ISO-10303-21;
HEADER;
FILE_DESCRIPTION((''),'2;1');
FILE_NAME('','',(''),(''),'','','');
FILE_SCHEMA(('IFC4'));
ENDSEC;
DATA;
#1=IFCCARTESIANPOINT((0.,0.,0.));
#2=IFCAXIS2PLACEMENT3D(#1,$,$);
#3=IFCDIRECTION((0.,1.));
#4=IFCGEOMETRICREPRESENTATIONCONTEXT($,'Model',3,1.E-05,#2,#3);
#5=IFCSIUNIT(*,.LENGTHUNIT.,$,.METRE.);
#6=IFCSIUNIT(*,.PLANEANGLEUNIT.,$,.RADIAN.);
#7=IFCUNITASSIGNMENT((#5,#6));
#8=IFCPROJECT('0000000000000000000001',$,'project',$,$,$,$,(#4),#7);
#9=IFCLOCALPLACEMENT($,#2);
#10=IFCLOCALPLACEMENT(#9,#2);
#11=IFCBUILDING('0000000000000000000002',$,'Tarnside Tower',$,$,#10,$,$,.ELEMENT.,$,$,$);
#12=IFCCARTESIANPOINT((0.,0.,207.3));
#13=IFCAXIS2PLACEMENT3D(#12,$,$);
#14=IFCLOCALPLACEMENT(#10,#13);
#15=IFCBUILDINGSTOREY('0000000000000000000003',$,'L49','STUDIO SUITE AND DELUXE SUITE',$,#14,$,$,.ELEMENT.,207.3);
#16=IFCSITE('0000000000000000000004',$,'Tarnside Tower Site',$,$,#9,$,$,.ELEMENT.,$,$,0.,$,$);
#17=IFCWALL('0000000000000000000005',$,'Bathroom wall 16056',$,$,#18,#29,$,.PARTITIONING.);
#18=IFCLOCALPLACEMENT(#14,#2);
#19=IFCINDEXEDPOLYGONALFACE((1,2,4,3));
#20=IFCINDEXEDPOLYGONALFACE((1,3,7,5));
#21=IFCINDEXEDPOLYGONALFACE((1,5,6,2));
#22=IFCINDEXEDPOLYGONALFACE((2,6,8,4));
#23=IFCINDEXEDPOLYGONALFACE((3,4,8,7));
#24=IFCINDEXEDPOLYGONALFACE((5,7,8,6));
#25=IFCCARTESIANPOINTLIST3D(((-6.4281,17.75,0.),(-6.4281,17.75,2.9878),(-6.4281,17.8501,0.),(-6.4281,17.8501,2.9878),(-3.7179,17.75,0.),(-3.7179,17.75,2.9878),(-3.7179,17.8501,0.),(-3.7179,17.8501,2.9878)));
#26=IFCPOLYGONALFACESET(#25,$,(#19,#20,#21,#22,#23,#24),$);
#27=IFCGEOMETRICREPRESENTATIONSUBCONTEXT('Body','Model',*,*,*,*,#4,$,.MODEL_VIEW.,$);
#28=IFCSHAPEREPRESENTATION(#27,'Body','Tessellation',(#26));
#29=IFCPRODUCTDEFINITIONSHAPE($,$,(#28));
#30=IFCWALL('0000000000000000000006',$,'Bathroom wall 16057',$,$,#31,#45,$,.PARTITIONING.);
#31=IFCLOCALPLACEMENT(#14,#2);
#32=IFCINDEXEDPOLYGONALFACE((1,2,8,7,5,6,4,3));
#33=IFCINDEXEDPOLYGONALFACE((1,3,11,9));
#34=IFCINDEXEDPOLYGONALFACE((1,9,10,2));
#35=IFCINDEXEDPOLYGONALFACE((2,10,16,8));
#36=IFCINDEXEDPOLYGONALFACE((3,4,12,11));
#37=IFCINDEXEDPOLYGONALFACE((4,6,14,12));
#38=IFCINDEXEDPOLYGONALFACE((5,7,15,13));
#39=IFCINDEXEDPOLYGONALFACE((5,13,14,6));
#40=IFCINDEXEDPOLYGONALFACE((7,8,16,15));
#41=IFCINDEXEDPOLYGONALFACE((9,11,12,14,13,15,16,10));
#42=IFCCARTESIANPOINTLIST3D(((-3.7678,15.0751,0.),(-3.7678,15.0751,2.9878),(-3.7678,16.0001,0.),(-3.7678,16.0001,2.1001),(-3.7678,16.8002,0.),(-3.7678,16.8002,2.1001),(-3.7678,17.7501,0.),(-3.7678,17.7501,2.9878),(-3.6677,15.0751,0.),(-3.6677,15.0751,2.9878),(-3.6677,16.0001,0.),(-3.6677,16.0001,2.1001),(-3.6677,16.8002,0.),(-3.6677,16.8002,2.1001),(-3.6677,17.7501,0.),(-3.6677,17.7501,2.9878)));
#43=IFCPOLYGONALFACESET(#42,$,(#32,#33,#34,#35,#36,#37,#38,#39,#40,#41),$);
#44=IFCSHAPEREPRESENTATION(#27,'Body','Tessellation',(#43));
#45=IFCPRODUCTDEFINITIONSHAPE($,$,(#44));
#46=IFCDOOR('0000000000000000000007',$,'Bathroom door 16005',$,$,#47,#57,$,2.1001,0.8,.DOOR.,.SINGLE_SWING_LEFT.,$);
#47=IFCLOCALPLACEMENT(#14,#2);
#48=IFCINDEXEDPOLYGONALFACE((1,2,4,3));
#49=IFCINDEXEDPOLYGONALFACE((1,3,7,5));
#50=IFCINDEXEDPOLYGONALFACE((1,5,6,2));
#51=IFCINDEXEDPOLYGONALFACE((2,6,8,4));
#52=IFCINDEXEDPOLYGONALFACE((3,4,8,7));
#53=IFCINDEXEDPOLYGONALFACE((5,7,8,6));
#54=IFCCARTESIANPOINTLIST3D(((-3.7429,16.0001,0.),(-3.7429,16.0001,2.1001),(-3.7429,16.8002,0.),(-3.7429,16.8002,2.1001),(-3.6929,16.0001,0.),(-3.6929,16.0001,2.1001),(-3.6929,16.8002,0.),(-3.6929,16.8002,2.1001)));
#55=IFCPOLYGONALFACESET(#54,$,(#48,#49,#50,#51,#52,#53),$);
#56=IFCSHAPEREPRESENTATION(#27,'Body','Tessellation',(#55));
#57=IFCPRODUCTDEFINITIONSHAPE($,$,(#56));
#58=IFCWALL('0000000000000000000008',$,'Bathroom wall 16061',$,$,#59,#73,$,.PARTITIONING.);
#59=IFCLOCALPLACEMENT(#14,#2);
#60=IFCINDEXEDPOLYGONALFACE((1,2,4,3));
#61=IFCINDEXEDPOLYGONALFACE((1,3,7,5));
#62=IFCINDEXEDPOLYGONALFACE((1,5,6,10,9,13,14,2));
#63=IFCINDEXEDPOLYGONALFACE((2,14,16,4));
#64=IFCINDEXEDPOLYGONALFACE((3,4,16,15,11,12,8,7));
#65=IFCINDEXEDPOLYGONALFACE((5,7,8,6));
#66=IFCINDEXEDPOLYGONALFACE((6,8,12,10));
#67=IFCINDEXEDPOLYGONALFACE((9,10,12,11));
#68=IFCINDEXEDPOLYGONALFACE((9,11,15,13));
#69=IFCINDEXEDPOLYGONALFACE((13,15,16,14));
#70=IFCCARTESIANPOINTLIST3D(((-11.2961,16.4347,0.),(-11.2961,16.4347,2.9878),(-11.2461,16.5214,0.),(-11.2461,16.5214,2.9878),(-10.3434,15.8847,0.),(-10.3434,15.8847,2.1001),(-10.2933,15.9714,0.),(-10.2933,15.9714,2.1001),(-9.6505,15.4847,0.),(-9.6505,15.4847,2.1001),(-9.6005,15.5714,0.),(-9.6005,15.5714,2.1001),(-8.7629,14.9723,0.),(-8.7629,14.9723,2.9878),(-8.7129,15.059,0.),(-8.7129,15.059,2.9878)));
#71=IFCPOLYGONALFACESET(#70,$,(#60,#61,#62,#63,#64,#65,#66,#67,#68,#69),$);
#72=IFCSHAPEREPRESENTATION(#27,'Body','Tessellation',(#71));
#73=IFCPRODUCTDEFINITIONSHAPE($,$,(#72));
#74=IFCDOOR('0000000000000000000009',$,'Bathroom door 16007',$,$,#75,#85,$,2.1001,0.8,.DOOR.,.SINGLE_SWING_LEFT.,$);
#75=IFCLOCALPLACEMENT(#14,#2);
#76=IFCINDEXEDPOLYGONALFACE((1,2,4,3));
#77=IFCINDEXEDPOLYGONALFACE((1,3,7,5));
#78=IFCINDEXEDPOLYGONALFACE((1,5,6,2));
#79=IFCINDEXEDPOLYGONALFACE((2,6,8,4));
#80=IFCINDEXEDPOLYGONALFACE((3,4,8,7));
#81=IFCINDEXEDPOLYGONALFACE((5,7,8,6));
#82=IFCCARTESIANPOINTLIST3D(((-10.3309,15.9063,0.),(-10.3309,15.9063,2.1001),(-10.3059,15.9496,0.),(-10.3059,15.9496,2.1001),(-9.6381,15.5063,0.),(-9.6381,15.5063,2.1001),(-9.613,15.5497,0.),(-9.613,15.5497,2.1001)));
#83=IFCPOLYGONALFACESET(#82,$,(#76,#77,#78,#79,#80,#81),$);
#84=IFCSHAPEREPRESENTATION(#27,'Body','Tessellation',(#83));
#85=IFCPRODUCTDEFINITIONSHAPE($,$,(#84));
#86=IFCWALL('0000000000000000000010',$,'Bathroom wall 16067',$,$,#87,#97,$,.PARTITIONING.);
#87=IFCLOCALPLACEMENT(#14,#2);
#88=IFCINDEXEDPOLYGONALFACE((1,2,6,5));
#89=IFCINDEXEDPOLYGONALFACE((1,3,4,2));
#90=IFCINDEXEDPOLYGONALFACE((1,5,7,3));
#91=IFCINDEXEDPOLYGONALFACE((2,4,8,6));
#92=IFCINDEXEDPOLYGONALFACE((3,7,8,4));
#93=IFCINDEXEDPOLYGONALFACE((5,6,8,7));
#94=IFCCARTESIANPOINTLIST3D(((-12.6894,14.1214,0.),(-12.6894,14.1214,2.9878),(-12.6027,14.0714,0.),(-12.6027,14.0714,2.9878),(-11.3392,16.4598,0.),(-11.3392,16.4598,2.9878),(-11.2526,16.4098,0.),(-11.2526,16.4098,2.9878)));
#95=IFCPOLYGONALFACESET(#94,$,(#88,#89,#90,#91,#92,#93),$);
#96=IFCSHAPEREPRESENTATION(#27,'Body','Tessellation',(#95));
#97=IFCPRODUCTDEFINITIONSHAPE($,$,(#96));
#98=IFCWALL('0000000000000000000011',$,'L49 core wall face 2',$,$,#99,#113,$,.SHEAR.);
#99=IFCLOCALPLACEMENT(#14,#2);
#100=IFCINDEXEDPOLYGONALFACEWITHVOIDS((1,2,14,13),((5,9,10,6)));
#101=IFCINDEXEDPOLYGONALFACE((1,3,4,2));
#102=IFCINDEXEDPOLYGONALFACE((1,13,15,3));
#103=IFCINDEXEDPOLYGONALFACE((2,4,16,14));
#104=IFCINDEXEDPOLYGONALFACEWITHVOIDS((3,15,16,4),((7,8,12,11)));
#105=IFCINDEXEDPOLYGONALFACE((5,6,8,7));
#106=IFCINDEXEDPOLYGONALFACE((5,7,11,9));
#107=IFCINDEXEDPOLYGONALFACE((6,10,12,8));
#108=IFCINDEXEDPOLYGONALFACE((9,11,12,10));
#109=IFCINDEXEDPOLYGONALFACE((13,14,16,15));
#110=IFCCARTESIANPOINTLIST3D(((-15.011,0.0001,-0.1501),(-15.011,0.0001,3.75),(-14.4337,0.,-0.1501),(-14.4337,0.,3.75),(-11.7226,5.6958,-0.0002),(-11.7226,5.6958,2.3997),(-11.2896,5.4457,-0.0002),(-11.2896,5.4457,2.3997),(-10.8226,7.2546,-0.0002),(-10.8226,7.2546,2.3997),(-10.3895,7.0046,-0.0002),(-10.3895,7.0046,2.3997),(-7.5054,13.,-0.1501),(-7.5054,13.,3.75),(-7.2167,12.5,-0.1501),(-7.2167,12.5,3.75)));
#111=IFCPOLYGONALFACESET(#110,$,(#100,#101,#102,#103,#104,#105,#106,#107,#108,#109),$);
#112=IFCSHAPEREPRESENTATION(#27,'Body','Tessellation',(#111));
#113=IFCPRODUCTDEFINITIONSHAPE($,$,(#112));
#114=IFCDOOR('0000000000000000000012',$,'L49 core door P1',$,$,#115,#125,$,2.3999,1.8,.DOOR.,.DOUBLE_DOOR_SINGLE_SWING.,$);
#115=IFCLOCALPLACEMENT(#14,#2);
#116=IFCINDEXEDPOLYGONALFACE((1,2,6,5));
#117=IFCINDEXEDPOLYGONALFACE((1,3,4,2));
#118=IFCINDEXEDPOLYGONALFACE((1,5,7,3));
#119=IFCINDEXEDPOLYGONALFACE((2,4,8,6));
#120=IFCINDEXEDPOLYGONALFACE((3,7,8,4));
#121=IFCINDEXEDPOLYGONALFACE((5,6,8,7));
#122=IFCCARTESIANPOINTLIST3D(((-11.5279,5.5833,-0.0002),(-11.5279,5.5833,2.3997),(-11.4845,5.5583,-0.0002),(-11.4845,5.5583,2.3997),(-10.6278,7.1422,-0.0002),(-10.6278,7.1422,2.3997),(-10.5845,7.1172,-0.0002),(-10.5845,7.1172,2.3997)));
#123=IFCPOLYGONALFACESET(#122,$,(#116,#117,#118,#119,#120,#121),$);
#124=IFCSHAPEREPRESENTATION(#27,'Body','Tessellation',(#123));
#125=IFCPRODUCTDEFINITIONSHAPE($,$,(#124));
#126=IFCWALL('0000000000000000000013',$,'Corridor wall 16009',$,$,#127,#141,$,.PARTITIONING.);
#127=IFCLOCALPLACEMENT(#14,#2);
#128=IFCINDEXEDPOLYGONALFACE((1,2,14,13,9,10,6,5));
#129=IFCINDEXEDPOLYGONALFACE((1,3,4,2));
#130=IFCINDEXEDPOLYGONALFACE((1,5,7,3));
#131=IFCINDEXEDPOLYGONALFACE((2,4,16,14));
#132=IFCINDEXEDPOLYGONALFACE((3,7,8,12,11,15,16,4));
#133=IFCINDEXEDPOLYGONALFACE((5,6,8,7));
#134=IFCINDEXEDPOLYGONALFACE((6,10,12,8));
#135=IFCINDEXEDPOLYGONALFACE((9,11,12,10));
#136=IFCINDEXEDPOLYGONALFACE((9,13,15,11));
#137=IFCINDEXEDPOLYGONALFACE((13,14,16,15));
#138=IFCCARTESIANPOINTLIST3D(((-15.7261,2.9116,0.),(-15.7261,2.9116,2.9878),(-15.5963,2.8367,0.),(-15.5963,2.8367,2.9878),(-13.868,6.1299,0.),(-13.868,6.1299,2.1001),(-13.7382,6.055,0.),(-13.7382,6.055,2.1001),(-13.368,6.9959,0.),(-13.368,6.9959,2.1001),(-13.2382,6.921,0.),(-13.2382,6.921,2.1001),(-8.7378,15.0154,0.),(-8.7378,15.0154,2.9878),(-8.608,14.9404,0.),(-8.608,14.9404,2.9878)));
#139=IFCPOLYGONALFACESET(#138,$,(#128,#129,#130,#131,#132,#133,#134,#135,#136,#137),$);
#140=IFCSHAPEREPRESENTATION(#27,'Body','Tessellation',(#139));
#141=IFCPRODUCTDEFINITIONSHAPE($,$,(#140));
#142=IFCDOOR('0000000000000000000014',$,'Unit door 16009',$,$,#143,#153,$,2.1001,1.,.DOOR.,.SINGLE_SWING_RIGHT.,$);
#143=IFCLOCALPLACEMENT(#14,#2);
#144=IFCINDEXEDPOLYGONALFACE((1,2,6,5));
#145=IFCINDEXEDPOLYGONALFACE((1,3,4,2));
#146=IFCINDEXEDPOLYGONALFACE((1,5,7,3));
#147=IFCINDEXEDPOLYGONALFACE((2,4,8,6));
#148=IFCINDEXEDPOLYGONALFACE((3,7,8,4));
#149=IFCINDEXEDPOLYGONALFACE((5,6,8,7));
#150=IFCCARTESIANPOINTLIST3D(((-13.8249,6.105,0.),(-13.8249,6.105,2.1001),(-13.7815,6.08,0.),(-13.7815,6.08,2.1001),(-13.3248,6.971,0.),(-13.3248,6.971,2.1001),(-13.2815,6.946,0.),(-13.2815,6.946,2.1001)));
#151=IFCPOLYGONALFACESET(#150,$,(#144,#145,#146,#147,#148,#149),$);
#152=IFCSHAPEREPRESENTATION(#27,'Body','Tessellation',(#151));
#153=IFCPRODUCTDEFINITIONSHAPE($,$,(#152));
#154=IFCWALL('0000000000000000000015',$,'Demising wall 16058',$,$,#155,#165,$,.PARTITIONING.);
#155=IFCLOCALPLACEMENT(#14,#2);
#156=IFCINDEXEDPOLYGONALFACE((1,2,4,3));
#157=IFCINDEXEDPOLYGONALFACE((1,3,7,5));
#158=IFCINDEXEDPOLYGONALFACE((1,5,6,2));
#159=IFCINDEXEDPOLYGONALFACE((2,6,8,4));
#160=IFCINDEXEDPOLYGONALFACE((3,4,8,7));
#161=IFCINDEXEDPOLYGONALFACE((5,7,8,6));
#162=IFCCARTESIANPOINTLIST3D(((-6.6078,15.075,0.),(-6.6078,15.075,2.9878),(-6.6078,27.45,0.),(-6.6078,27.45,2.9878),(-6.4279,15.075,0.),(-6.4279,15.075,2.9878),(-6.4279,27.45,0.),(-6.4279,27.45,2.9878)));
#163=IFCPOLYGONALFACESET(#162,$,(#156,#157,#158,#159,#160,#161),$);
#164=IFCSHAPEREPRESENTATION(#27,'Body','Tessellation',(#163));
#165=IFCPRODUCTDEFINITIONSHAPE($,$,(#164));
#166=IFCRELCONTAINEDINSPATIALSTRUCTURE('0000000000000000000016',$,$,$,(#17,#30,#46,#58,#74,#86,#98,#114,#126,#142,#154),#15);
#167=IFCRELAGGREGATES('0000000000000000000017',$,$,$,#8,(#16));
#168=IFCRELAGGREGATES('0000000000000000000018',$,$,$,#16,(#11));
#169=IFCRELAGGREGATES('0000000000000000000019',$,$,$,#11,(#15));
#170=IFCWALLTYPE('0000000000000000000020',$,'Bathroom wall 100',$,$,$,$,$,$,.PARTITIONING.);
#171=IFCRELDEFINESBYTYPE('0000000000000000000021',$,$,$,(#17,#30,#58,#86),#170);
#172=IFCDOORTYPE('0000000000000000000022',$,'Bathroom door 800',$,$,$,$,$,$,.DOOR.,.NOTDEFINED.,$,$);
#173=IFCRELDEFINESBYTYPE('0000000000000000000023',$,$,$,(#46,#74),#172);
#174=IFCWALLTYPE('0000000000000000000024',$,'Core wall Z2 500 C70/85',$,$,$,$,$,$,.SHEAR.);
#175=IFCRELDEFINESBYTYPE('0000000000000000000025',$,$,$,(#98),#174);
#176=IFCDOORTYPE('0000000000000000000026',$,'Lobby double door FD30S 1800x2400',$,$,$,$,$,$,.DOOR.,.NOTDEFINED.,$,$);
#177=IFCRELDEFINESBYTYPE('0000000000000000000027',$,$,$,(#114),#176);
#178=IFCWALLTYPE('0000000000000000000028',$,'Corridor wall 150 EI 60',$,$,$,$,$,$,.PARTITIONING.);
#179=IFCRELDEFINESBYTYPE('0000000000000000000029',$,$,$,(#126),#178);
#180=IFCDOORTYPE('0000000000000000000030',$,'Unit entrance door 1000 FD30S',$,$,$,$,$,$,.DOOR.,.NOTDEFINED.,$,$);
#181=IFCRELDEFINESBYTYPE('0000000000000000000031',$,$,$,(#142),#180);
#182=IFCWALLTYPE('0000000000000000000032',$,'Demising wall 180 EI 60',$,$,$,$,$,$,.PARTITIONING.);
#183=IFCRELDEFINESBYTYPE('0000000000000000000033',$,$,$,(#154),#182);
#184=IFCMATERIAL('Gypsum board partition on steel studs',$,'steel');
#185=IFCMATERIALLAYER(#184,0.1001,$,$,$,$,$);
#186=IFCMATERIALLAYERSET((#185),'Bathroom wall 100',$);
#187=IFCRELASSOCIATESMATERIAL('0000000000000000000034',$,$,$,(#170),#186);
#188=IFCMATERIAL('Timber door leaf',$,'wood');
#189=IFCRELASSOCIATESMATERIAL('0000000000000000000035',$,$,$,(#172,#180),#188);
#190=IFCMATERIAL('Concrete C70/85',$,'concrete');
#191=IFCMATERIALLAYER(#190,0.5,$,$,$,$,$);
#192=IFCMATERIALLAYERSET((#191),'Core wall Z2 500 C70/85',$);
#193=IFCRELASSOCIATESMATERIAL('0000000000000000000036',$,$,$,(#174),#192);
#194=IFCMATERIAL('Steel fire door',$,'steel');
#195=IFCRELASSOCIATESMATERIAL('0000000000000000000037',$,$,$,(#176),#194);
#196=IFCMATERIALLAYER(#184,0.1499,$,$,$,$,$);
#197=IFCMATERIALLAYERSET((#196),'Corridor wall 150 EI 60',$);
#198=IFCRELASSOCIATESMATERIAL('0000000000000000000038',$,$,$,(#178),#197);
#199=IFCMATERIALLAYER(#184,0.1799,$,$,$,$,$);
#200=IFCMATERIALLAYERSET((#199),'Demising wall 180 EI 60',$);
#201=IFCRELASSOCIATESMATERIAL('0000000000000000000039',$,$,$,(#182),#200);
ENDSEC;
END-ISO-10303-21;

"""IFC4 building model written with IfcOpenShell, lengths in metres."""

from ifc_helpers import new_model, si_unit, direction, frame, frame_2d, origin, place, context, subcontext, project, spatial, polyline, rectangle, outline, extrude, material, layer, layer_set, type_object, element, fill, save


model = new_model("IFC4")

# Units and contexts
model_context = context("Model", 3, precision=1e-05, world=origin(), true_north=direction((0.0, 1.0)))
body_context = subcontext(model_context, "Body", "Model", "MODEL_VIEW")
ifc_project = project(units=[si_unit("LENGTHUNIT", "METRE"), si_unit("PLANEANGLEUNIT", "RADIAN")], contexts=[model_context])

# Site, building, storey
site_placement = place(None, origin())
site = spatial("IfcSite", under=ifc_project, at=site_placement, Name="Tarnside Tower Site", CompositionType="ELEMENT", RefElevation=0.0)
building_placement = place(site_placement, origin())
building = spatial("IfcBuilding", under=site, at=building_placement, Name="Tarnside Tower", CompositionType="ELEMENT")
storey_placement = place(building_placement, frame((0.0, 0.0, 207.3)))
storey = spatial("IfcBuildingStorey", under=building, at=storey_placement, Name="L49", Description="STUDIO SUITE AND DELUXE SUITE", CompositionType="ELEMENT", Elevation=207.3)

# Wall
ifc_material_1 = material(Name="Gypsum board partition on steel studs", Category="steel")
ifc_layer_1 = layer(ifc_material_1, 0.1001)
ifc_layer_set_1 = layer_set([ifc_layer_1], Name="Bathroom wall 100")
wall_type_1 = type_object("IfcWallType", Name="Bathroom wall 100", PredefinedType="PARTITIONING", material=ifc_layer_set_1)
wall_1_placement = place(storey_placement, frame((-6.428, 17.8, 0.0), z_axis=(0.0, 0.0, 1.0), x_axis=(1.0, 0.0, 0.0)))
element("IfcWall", 1, at=wall_1_placement, inside=storey, type_object=wall_type_1, Name="Bathroom wall 16056", PredefinedType="PARTITIONING", context=body_context, shape_type="SweptSolid", body=[
    extrude(rectangle(XDim=2.7102, YDim=0.1001, at=frame_2d((1.355, 0.0))), origin(), (0.0, 0.0, 1.0), 2.9878),
])

# Walls, openings, doors
wall_2_placement = place(storey_placement, frame((-3.7178, 17.75, 0.0), z_axis=(0.0, 0.0, 1.0), x_axis=(0.0, -1.0, 0.0)))
wall_2 = element("IfcWall", 2, at=wall_2_placement, inside=storey, type_object=wall_type_1, Name="Bathroom wall 16057", PredefinedType="PARTITIONING", context=body_context, shape_type="SweptSolid", body=[
    extrude(rectangle(XDim=2.675, YDim=0.1001, at=frame_2d((1.3374, 0.0))), origin(), (0.0, 0.0, 1.0), 2.9878),
])
opening_1_placement = place(wall_2_placement, frame((0.95, 0.0, 0.0)))
opening_1 = element("IfcOpeningElement", 3, at=opening_1_placement, cuts=wall_2, PredefinedType="OPENING", context=body_context, shape_type="SweptSolid", body=[
    extrude(rectangle(XDim=0.8, YDim=2.1001, at=frame_2d((0.3999, 1.05))), frame((0.0, 0.0601, 0.0), z_axis=(0.0, -1.0, 0.0), x_axis=(1.0, 0.0, 0.0)), (0.0, 0.0, 1.0), 0.1201),
])
ifc_material_2 = material(Name="Timber door leaf", Category="wood")
door_type_1 = type_object("IfcDoorType", Name="Bathroom door 800", OperationType="NOTDEFINED", PredefinedType="DOOR", material=ifc_material_2)
door_1_placement = place(opening_1_placement, origin())
door_1 = element("IfcDoor", 4, at=door_1_placement, inside=storey, type_object=door_type_1, Name="Bathroom door 16005", OperationType="SINGLE_SWING_LEFT", OverallHeight=2.1001, OverallWidth=0.8, PredefinedType="DOOR", context=body_context, shape_type="SweptSolid", body=[
    extrude(rectangle(XDim=0.8, YDim=2.1001, at=frame_2d((0.3999, 1.05))), frame((0.0, 0.0249, 0.0), z_axis=(0.0, -1.0, 0.0), x_axis=(1.0, 0.0, 0.0)), (0.0, 0.0, 1.0), 0.05),
])
fill(opening_1, door_1)
wall_3_placement = place(storey_placement, frame((-11.271, 16.478, 0.0), z_axis=(0.0, 0.0, 1.0), x_axis=(0.866047, -0.499963, 0.0)))
wall_3 = element("IfcWall", 5, at=wall_3_placement, inside=storey, type_object=wall_type_1, Name="Bathroom wall 16061", PredefinedType="PARTITIONING", context=body_context, shape_type="SweptSolid", body=[
    extrude(rectangle(XDim=2.925, YDim=0.1001, at=frame_2d((1.4624, 0.0))), origin(), (0.0, 0.0, 1.0), 2.9878),
])
opening_2_placement = place(wall_3_placement, frame((1.1001, 0.0, 0.0)))
opening_2 = element("IfcOpeningElement", 6, at=opening_2_placement, cuts=wall_3, PredefinedType="OPENING", context=body_context, shape_type="SweptSolid", body=[
    extrude(rectangle(XDim=0.8, YDim=2.1001, at=frame_2d((0.3999, 1.05))), frame((0.0, 0.0601, 0.0), z_axis=(0.0, -1.0, 0.0), x_axis=(1.0, 0.0, 0.0)), (0.0, 0.0, 1.0), 0.1201),
])
door_2_placement = place(opening_2_placement, origin())
door_2 = element("IfcDoor", 7, at=door_2_placement, inside=storey, type_object=door_type_1, Name="Bathroom door 16007", OperationType="SINGLE_SWING_LEFT", OverallHeight=2.1001, OverallWidth=0.8, PredefinedType="DOOR", context=body_context, shape_type="SweptSolid", body=[
    extrude(rectangle(XDim=0.8, YDim=2.1001, at=frame_2d((0.3999, 1.05))), frame((0.0, 0.0249, 0.0), z_axis=(0.0, -1.0, 0.0), x_axis=(1.0, 0.0, 0.0)), (0.0, 0.0, 1.0), 0.05),
])
fill(opening_2, door_2)

# Wall
wall_4_placement = place(storey_placement, frame((-11.2959, 16.4348, 0.0), z_axis=(0.0, 0.0, 1.0), x_axis=(-0.500009, -0.86602, 0.0)))
element("IfcWall", 8, at=wall_4_placement, inside=storey, type_object=wall_type_1, Name="Bathroom wall 16067", PredefinedType="PARTITIONING", context=body_context, shape_type="SweptSolid", body=[
    extrude(rectangle(XDim=2.7002, YDim=0.1001, at=frame_2d((1.3501, 0.0))), origin(), (0.0, 0.0, 1.0), 2.9878),
])

# Walls, openings, doors
ifc_material_3 = material(Name="Concrete C70/85", Category="concrete")
ifc_layer_2 = layer(ifc_material_3, 0.5)
ifc_layer_set_2 = layer_set([ifc_layer_2], Name="Core wall Z2 500 C70/85")
wall_type_2 = type_object("IfcWallType", Name="Core wall Z2 500 C70/85", PredefinedType="SHEAR", material=ifc_layer_set_2)
wall_5_placement = place(storey_placement, frame((-7.3611, 12.75, -0.1501), z_axis=(0.0, 0.0, 1.0), x_axis=(-0.500006, -0.866022, 0.0)))
wall_5 = element("IfcWall", 9, at=wall_5_placement, inside=storey, type_object=wall_type_2, Name="L49 core wall face 2", PredefinedType="SHEAR", context=body_context, shape_type="SweptSolid", body=[
    extrude(outline(polyline([(-0.1443, -0.25), (14.8667, -0.25), (14.5781, 0.25), (0.1443, 0.25), (-0.1443, -0.25)])), origin(), (0.0, 0.0, 1.0), 3.9001),
])
opening_3_placement = place(wall_5_placement, frame((6.49, 0.0, 0.1499)))
opening_3 = element("IfcOpeningElement", 10, at=opening_3_placement, cuts=wall_5, PredefinedType="OPENING", context=body_context, shape_type="SweptSolid", body=[
    extrude(rectangle(XDim=1.8, YDim=2.3999, at=frame_2d((0.8999, 1.2))), frame((0.0, 0.26, 0.0), z_axis=(0.0, -1.0, 0.0), x_axis=(1.0, 0.0, 0.0)), (0.0, 0.0, 1.0), 0.52),
])
ifc_material_4 = material(Name="Steel fire door", Category="steel")
door_type_2 = type_object("IfcDoorType", Name="Lobby double door FD30S 1800x2400", OperationType="NOTDEFINED", PredefinedType="DOOR", material=ifc_material_4)
door_3_placement = place(opening_3_placement, origin())
door_3 = element("IfcDoor", 11, at=door_3_placement, inside=storey, type_object=door_type_2, Name="L49 core door P1", OperationType="DOUBLE_DOOR_SINGLE_SWING", OverallHeight=2.3999, OverallWidth=1.8, PredefinedType="DOOR", context=body_context, shape_type="SweptSolid", body=[
    extrude(rectangle(XDim=1.8, YDim=2.3999, at=frame_2d((0.8999, 1.2))), frame((0.0, 0.0249, 0.0), z_axis=(0.0, -1.0, 0.0), x_axis=(1.0, 0.0, 0.0)), (0.0, 0.0, 1.0), 0.05),
])
fill(opening_3, door_3)
ifc_layer_3 = layer(ifc_material_1, 0.1499)
ifc_layer_set_3 = layer_set([ifc_layer_3], Name="Corridor wall 150 EI 60")
wall_type_3 = type_object("IfcWallType", Name="Corridor wall 150 EI 60", PredefinedType="PARTITIONING", material=ifc_layer_set_3)
wall_6_placement = place(storey_placement, frame((-8.6729, 14.978, 0.0), z_axis=(0.0, 0.0, 1.0), x_axis=(-0.500009, -0.86602, 0.0)))
wall_6 = element("IfcWall", 12, at=wall_6_placement, inside=storey, type_object=wall_type_3, Name="Corridor wall 16009", PredefinedType="PARTITIONING", context=body_context, shape_type="SweptSolid", body=[
    extrude(rectangle(XDim=13.9763, YDim=0.1499, at=frame_2d((6.9883, 0.0))), origin(), (0.0, 0.0, 1.0), 2.9878),
])
opening_4_placement = place(wall_6_placement, frame((9.2603, 0.0, 0.0)))
opening_4 = element("IfcOpeningElement", 13, at=opening_4_placement, cuts=wall_6, PredefinedType="OPENING", context=body_context, shape_type="SweptSolid", body=[
    extrude(rectangle(XDim=1.0, YDim=2.1001, at=frame_2d((0.5, 1.05))), frame((0.0, 0.085, 0.0), z_axis=(0.0, -1.0, 0.0), x_axis=(1.0, 0.0, 0.0)), (0.0, 0.0, 1.0), 0.1699),
])
door_type_3 = type_object("IfcDoorType", Name="Unit entrance door 1000 FD30S", OperationType="NOTDEFINED", PredefinedType="DOOR", material=ifc_material_2)
door_4_placement = place(opening_4_placement, origin())
door_4 = element("IfcDoor", 14, at=door_4_placement, inside=storey, type_object=door_type_3, Name="Unit door 16009", OperationType="SINGLE_SWING_RIGHT", OverallHeight=2.1001, OverallWidth=1.0, PredefinedType="DOOR", context=body_context, shape_type="SweptSolid", body=[
    extrude(rectangle(XDim=1.0, YDim=2.1001, at=frame_2d((0.5, 1.05))), frame((0.0, 0.0249, 0.0), z_axis=(0.0, -1.0, 0.0), x_axis=(1.0, 0.0, 0.0)), (0.0, 0.0, 1.0), 0.05),
])
fill(opening_4, door_4)

# Wall
ifc_layer_4 = layer(ifc_material_1, 0.1799)
ifc_layer_set_4 = layer_set([ifc_layer_4], Name="Demising wall 180 EI 60")
wall_type_4 = type_object("IfcWallType", Name="Demising wall 180 EI 60", PredefinedType="PARTITIONING", material=ifc_layer_set_4)
wall_7_placement = place(storey_placement, frame((-6.5178, 27.45, 0.0), z_axis=(0.0, 0.0, 1.0), x_axis=(0.0, -1.0, 0.0)))
element("IfcWall", 15, at=wall_7_placement, inside=storey, type_object=wall_type_4, Name="Demising wall 16058", PredefinedType="PARTITIONING", context=body_context, shape_type="SweptSolid", body=[
    extrude(rectangle(XDim=12.375, YDim=0.1799, at=frame_2d((6.1875, 0.0))), origin(), (0.0, 0.0, 1.0), 2.9878),
])

save(model, "model.ifc")
